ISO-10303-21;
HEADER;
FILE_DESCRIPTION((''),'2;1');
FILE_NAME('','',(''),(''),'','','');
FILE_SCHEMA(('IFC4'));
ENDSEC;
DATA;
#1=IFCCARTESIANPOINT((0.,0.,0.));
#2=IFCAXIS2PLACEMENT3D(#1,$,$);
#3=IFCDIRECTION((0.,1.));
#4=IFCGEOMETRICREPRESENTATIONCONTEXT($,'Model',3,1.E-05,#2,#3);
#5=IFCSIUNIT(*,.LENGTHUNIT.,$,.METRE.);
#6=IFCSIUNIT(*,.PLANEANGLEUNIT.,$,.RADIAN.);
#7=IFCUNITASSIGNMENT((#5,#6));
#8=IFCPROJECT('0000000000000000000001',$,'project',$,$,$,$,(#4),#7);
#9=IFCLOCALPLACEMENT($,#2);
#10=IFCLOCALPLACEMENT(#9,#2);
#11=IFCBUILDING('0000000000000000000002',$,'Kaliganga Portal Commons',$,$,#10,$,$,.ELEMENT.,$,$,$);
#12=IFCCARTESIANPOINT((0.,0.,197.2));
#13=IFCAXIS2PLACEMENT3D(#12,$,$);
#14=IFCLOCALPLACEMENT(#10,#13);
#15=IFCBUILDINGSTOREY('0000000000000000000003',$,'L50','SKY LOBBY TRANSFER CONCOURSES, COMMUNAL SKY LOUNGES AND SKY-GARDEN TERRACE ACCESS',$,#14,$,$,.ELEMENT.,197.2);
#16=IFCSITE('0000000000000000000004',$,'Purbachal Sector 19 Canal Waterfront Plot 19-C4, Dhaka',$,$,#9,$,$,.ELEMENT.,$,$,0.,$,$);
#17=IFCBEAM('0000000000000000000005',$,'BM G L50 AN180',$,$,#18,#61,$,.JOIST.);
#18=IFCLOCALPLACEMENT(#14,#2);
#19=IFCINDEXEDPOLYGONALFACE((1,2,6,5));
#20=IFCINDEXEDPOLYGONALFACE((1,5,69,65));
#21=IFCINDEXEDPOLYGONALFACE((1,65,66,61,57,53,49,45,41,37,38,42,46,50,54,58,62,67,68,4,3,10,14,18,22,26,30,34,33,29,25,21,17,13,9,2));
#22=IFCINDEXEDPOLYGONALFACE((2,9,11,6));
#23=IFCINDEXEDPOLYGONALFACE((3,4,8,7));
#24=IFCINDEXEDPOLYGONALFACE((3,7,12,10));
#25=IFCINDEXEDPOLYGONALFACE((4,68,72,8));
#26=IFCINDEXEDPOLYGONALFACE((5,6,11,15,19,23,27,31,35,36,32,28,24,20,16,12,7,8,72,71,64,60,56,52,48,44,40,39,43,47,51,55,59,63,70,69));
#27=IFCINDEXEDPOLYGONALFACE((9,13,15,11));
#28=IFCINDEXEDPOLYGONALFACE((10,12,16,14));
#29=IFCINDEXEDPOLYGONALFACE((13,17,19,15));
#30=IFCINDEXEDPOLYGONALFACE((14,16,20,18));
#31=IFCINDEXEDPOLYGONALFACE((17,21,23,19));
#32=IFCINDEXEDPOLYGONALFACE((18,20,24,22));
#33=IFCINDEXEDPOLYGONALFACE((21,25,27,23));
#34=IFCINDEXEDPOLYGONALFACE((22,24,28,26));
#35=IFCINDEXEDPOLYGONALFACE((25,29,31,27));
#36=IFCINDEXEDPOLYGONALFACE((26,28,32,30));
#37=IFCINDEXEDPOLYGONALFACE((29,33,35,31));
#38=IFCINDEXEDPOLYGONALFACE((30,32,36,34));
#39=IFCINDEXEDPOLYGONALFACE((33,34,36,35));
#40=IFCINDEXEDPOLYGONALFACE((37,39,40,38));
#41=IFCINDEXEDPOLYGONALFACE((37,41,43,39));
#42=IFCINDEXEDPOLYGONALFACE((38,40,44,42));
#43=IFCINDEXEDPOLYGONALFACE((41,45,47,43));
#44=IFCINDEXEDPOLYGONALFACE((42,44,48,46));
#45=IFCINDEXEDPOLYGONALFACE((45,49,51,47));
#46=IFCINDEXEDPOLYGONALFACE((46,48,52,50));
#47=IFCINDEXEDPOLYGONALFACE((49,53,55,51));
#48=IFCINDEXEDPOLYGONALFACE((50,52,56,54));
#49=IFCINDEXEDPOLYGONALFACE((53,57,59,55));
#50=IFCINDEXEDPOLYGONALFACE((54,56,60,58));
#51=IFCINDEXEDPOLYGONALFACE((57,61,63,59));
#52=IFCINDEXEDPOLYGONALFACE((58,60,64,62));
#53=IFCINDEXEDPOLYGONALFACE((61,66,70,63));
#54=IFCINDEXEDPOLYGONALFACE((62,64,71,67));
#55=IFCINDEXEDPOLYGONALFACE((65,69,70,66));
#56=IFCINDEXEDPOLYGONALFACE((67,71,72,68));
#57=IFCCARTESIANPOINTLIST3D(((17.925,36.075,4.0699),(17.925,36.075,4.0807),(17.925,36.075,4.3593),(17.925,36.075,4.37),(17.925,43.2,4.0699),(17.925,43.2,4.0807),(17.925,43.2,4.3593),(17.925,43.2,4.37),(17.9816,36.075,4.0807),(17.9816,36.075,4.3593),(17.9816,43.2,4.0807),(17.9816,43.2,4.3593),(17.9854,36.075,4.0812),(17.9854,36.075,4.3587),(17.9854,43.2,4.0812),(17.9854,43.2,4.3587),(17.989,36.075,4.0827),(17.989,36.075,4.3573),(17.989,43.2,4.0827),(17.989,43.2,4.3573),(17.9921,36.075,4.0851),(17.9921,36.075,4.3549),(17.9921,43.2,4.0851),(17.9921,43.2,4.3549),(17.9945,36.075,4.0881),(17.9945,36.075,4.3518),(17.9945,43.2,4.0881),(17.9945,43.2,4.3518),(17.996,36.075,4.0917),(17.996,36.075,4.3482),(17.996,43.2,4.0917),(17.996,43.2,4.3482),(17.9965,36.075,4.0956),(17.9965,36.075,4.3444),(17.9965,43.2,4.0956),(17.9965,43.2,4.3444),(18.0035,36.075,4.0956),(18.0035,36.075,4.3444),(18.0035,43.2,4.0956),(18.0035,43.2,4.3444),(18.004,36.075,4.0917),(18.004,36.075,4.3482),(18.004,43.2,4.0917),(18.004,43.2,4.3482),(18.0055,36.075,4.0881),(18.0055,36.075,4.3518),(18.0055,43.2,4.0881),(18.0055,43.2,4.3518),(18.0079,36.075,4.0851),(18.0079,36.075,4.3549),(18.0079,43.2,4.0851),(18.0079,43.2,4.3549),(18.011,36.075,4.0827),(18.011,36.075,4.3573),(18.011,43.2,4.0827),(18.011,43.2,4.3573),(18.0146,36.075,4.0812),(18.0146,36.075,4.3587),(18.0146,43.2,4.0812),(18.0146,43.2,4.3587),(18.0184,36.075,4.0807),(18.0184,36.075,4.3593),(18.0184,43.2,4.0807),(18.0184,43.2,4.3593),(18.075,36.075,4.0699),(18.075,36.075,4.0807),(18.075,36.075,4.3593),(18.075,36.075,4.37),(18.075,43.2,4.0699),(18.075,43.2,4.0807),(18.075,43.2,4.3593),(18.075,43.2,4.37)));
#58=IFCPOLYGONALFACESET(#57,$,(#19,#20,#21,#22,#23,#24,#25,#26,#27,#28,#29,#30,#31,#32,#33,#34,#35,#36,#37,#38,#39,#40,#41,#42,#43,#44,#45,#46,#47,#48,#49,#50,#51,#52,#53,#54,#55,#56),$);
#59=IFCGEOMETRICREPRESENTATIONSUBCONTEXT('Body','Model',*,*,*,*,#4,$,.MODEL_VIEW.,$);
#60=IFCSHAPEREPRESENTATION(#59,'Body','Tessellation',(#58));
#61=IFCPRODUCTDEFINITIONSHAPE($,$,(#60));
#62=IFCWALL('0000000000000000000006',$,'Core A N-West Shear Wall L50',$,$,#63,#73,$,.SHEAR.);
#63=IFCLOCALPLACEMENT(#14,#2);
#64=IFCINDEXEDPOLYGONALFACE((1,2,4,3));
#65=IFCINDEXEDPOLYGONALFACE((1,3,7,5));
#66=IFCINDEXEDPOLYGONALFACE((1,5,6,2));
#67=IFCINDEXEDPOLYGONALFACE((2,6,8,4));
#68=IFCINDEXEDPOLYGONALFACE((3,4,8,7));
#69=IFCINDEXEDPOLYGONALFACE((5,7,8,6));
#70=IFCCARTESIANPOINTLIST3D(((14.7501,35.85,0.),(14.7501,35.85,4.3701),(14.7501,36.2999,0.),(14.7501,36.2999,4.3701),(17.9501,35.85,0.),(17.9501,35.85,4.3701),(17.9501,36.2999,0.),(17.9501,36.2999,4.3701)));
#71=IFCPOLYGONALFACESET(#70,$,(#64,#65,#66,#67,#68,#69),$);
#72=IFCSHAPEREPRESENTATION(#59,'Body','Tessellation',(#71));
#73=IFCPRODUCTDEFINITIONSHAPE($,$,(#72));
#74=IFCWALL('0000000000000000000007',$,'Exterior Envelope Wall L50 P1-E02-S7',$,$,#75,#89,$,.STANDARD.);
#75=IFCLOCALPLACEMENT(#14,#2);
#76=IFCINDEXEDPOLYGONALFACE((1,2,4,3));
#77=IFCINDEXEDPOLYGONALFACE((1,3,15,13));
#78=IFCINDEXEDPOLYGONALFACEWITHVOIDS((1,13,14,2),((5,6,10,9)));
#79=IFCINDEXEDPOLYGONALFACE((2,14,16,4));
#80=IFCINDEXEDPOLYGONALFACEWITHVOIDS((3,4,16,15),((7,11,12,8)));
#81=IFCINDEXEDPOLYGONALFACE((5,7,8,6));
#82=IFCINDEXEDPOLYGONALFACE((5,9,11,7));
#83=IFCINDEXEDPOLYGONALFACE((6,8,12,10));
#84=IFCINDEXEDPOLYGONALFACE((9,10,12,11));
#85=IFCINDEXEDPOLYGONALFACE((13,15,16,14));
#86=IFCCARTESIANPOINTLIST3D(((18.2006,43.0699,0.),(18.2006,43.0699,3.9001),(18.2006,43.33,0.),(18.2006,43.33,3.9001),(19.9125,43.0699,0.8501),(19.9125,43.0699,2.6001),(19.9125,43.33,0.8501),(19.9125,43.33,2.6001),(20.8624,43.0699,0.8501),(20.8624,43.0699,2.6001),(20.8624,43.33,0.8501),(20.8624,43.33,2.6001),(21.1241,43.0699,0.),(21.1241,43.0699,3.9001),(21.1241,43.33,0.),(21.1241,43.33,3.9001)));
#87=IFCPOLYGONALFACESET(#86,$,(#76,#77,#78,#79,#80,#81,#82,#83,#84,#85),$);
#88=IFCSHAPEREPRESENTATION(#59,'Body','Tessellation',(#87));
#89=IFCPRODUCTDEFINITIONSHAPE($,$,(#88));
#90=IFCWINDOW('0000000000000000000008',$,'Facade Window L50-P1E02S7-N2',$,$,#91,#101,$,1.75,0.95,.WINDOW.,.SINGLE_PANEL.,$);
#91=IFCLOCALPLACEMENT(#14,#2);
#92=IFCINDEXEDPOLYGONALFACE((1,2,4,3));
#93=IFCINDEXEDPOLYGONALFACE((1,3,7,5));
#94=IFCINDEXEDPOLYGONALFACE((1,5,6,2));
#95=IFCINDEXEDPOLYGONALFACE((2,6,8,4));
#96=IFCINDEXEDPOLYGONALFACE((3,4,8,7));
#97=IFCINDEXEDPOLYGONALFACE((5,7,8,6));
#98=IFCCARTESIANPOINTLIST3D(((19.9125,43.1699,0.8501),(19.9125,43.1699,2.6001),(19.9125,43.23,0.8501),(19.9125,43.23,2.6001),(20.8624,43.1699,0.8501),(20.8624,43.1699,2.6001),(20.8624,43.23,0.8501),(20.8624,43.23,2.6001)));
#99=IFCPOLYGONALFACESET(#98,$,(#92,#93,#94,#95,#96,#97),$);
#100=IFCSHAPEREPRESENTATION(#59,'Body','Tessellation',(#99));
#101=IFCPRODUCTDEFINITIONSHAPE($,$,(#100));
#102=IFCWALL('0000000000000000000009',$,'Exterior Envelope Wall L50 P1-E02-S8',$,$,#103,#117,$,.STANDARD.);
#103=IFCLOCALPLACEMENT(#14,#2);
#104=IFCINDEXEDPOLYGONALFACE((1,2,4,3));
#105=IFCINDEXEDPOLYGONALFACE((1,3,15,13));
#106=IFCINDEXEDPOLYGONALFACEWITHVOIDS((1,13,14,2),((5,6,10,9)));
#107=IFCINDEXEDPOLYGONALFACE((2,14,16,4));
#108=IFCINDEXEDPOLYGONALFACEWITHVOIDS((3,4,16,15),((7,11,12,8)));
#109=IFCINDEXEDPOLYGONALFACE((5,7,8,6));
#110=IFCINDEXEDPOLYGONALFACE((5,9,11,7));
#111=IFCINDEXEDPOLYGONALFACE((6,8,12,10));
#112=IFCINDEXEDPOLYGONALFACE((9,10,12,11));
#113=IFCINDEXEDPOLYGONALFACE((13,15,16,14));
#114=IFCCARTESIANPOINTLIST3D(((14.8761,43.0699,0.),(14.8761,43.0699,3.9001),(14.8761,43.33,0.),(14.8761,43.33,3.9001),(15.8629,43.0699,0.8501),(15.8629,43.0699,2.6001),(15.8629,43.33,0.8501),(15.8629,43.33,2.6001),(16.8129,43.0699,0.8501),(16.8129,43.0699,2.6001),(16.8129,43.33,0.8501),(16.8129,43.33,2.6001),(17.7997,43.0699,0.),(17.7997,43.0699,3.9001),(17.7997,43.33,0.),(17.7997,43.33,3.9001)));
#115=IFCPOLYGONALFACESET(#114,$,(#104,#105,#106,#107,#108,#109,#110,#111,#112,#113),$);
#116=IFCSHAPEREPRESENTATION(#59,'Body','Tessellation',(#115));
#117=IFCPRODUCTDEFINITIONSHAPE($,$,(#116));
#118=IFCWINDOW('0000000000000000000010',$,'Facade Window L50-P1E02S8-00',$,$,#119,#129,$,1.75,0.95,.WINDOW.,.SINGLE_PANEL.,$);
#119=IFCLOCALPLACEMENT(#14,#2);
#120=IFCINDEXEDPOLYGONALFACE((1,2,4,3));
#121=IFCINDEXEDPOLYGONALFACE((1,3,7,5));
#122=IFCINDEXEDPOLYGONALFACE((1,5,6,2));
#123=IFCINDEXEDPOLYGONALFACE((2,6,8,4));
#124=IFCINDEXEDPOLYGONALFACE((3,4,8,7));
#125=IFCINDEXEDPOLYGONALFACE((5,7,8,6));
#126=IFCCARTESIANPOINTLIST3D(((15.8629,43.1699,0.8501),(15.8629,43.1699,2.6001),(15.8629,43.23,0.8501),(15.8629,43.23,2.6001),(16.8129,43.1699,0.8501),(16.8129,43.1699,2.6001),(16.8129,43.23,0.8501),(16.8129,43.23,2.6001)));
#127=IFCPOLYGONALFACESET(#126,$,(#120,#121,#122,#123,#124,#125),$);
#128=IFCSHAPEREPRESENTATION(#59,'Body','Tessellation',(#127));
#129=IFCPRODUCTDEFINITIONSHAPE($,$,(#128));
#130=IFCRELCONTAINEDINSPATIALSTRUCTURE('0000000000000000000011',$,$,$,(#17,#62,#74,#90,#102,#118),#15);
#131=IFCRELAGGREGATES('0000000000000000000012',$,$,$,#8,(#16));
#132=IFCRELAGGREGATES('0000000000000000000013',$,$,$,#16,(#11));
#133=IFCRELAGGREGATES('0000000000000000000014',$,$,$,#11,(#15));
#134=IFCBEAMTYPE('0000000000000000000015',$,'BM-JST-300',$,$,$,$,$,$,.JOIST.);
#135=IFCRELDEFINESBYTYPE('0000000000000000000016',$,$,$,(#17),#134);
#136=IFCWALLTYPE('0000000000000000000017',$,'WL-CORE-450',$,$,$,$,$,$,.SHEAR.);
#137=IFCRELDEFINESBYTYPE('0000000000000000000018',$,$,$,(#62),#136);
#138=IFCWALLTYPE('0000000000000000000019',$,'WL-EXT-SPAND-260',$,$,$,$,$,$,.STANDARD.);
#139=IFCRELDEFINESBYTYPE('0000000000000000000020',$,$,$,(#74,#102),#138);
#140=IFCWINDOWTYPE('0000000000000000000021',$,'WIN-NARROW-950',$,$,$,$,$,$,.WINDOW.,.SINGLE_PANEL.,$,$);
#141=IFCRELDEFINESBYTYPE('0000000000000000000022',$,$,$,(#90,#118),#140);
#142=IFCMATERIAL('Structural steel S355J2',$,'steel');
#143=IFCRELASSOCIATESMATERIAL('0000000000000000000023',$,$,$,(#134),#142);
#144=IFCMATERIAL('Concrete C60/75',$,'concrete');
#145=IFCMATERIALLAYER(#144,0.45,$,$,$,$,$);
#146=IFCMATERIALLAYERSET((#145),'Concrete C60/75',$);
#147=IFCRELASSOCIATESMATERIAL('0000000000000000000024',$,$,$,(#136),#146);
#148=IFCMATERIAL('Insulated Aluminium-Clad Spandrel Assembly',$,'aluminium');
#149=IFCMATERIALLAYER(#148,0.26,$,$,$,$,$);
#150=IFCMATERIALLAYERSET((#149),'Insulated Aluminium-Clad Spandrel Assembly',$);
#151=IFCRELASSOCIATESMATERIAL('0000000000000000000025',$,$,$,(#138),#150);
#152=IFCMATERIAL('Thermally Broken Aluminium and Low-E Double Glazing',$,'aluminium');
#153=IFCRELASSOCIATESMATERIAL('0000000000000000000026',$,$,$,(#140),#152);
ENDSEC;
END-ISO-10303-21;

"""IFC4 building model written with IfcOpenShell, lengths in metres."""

from ifc_helpers import new_model, si_unit, direction, frame, frame_2d, origin, origin_2d, place, context, subcontext, project, spatial, rectangle, i_section, extrude, source, transform, mapped, material, layer, layer_set, material_profile, profile_set, type_object, element, fill, save


model = new_model("IFC4")

# Units and contexts
model_context = context("Model", 3, precision=1e-05, world=origin(), true_north=direction((0.0, 1.0)))
body_context = subcontext(model_context, "Body", "Model", "MODEL_VIEW")
ifc_project = project(units=[si_unit("LENGTHUNIT", "METRE"), si_unit("PLANEANGLEUNIT", "RADIAN")], contexts=[model_context])

# Site, building, storey
site_placement = place(None, origin())
site = spatial("IfcSite", under=ifc_project, at=site_placement, Name="Purbachal Sector 19 Canal Waterfront Plot 19-C4, Dhaka", CompositionType="ELEMENT", RefElevation=0.0)
building_placement = place(site_placement, origin())
building = spatial("IfcBuilding", under=site, at=building_placement, Name="Kaliganga Portal Commons", CompositionType="ELEMENT")
storey_placement = place(building_placement, frame((0.0, 0.0, 197.2)))
storey = spatial("IfcBuildingStorey", under=building, at=storey_placement, Name="L50", Description="SKY LOBBY TRANSFER CONCOURSES, COMMUNAL SKY LOUNGES AND SKY-GARDEN TERRACE ACCESS", CompositionType="ELEMENT", Elevation=197.2)

# Shared definitions
ifc_material_1 = material(Name="Structural steel S355J2", Category="steel")

# Beam
ifc_material_profile_1 = material_profile(ifc_material_1, i_section(OverallWidth=0.1499, OverallDepth=0.3, WebThickness=0.0071, FlangeThickness=0.0107, FilletRadius=0.0149, at=origin_2d()), Name="IPE 300")
ifc_profile_set_1 = profile_set([ifc_material_profile_1], Name="Structural steel S355J2 wide-flange")
beam_type_1 = type_object("IfcBeamType", Name="BM-JST-300", PredefinedType="JOIST", material=ifc_profile_set_1)
shared_shape_1 = source(origin(), body_context, "Body", "SweptSolid", [
    extrude(i_section(OverallWidth=0.1499, OverallDepth=0.3, WebThickness=0.0071, FlangeThickness=0.0107, FilletRadius=0.0149, at=origin_2d()), origin(), (0.0, 0.0, 1.0), 7.125),
])
beam_1_placement = place(storey_placement, frame((18.0, 36.075, 4.22), z_axis=(0.0, 1.0, 0.0), x_axis=(-1.0, 0.0, 0.0)))
element("IfcBeam", 1, at=beam_1_placement, inside=storey, type_object=beam_type_1, Name="BM G L50 AN180", PredefinedType="JOIST", context=body_context, shape_type="MappedRepresentation", body=[
    mapped(shared_shape_1, transform((0.0, 0.0, 0.0), x_axis=(1.0, 0.0, 0.0), y_axis=(0.0, 1.0, 0.0), z_axis=(0.0, 0.0, 1.0), scale=1.0)),
])

# Wall
ifc_material_2 = material(Name="Concrete C60/75", Category="concrete")
ifc_layer_1 = layer(ifc_material_2, 0.45)
ifc_layer_set_1 = layer_set([ifc_layer_1], Name="Concrete C60/75")
wall_type_1 = type_object("IfcWallType", Name="WL-CORE-450", PredefinedType="SHEAR", material=ifc_layer_set_1)
wall_1_placement = place(storey_placement, frame((14.75, 36.075, 0.0), z_axis=(0.0, 0.0, 1.0), x_axis=(1.0, 0.0, 0.0)))
element("IfcWall", 2, at=wall_1_placement, inside=storey, type_object=wall_type_1, Name="Core A N-West Shear Wall L50", PredefinedType="SHEAR", context=body_context, shape_type="SweptSolid", body=[
    extrude(rectangle(XDim=3.2, YDim=0.45, at=frame_2d((1.6001, 0.0))), origin(), (0.0, 0.0, 1.0), 4.3701),
])

# Walls, openings, windows
ifc_material_3 = material(Name="Insulated Aluminium-Clad Spandrel Assembly", Category="aluminium")
ifc_layer_2 = layer(ifc_material_3, 0.26)
ifc_layer_set_2 = layer_set([ifc_layer_2], Name="Insulated Aluminium-Clad Spandrel Assembly")
wall_type_2 = type_object("IfcWallType", Name="WL-EXT-SPAND-260", PredefinedType="STANDARD", material=ifc_layer_set_2)
wall_2_placement = place(storey_placement, frame((18.2004, 43.2, 0.0), z_axis=(0.0, 0.0, 1.0), x_axis=(1.0, 0.0, 0.0)))
wall_2 = element("IfcWall", 3, at=wall_2_placement, inside=storey, type_object=wall_type_2, Name="Exterior Envelope Wall L50 P1-E02-S7", PredefinedType="STANDARD", context=body_context, shape_type="SweptSolid", body=[
    extrude(rectangle(XDim=2.9236, YDim=0.26, at=frame_2d((1.4619, 0.0))), origin(), (0.0, 0.0, 1.0), 3.9001),
])
opening_1_placement = place(wall_2_placement, frame((1.7119, 0.0, 0.8501)))
opening_1 = element("IfcOpeningElement", 4, at=opening_1_placement, cuts=wall_2, PredefinedType="OPENING", context=body_context, shape_type="SweptSolid", body=[
    extrude(rectangle(XDim=0.95, YDim=1.75, at=frame_2d((0.4751, 0.875))), frame((0.0, 0.1401, 0.0), z_axis=(0.0, -1.0, 0.0), x_axis=(1.0, 0.0, 0.0)), (0.0, 0.0, 1.0), 0.28),
])
ifc_material_4 = material(Name="Thermally Broken Aluminium and Low-E Double Glazing", Category="aluminium")
window_type_1 = type_object("IfcWindowType", Name="WIN-NARROW-950", PartitioningType="SINGLE_PANEL", PredefinedType="WINDOW", material=ifc_material_4)
window_1_placement = place(opening_1_placement, origin())
window_1 = element("IfcWindow", 5, at=window_1_placement, inside=storey, type_object=window_type_1, Name="Facade Window L50-P1E02S7-N2", OverallHeight=1.75, OverallWidth=0.95, PartitioningType="SINGLE_PANEL", PredefinedType="WINDOW", context=body_context, shape_type="SweptSolid", body=[
    extrude(rectangle(XDim=0.95, YDim=1.75, at=frame_2d((0.4751, 0.875))), frame((0.0, 0.03, 0.0), z_axis=(0.0, -1.0, 0.0), x_axis=(1.0, 0.0, 0.0)), (0.0, 0.0, 1.0), 0.0601),
])
fill(opening_1, window_1)
wall_3_placement = place(storey_placement, frame((14.876, 43.2, 0.0), z_axis=(0.0, 0.0, 1.0), x_axis=(1.0, 0.0, 0.0)))
wall_3 = element("IfcWall", 6, at=wall_3_placement, inside=storey, type_object=wall_type_2, Name="Exterior Envelope Wall L50 P1-E02-S8", PredefinedType="STANDARD", context=body_context, shape_type="SweptSolid", body=[
    extrude(rectangle(XDim=2.9236, YDim=0.26, at=frame_2d((1.4619, 0.0))), origin(), (0.0, 0.0, 1.0), 3.9001),
])
opening_2_placement = place(wall_3_placement, frame((0.9868, 0.0, 0.8501)))
opening_2 = element("IfcOpeningElement", 7, at=opening_2_placement, cuts=wall_3, PredefinedType="OPENING", context=body_context, shape_type="SweptSolid", body=[
    extrude(rectangle(XDim=0.95, YDim=1.75, at=frame_2d((0.4751, 0.875))), frame((0.0, 0.1401, 0.0), z_axis=(0.0, -1.0, 0.0), x_axis=(1.0, 0.0, 0.0)), (0.0, 0.0, 1.0), 0.28),
])
window_2_placement = place(opening_2_placement, origin())
window_2 = element("IfcWindow", 8, at=window_2_placement, inside=storey, type_object=window_type_1, Name="Facade Window L50-P1E02S8-00", OverallHeight=1.75, OverallWidth=0.95, PartitioningType="SINGLE_PANEL", PredefinedType="WINDOW", context=body_context, shape_type="SweptSolid", body=[
    extrude(rectangle(XDim=0.95, YDim=1.75, at=frame_2d((0.4751, 0.875))), frame((0.0, 0.03, 0.0), z_axis=(0.0, -1.0, 0.0), x_axis=(1.0, 0.0, 0.0)), (0.0, 0.0, 1.0), 0.0601),
])
fill(opening_2, window_2)

save(model, "model.ifc")
